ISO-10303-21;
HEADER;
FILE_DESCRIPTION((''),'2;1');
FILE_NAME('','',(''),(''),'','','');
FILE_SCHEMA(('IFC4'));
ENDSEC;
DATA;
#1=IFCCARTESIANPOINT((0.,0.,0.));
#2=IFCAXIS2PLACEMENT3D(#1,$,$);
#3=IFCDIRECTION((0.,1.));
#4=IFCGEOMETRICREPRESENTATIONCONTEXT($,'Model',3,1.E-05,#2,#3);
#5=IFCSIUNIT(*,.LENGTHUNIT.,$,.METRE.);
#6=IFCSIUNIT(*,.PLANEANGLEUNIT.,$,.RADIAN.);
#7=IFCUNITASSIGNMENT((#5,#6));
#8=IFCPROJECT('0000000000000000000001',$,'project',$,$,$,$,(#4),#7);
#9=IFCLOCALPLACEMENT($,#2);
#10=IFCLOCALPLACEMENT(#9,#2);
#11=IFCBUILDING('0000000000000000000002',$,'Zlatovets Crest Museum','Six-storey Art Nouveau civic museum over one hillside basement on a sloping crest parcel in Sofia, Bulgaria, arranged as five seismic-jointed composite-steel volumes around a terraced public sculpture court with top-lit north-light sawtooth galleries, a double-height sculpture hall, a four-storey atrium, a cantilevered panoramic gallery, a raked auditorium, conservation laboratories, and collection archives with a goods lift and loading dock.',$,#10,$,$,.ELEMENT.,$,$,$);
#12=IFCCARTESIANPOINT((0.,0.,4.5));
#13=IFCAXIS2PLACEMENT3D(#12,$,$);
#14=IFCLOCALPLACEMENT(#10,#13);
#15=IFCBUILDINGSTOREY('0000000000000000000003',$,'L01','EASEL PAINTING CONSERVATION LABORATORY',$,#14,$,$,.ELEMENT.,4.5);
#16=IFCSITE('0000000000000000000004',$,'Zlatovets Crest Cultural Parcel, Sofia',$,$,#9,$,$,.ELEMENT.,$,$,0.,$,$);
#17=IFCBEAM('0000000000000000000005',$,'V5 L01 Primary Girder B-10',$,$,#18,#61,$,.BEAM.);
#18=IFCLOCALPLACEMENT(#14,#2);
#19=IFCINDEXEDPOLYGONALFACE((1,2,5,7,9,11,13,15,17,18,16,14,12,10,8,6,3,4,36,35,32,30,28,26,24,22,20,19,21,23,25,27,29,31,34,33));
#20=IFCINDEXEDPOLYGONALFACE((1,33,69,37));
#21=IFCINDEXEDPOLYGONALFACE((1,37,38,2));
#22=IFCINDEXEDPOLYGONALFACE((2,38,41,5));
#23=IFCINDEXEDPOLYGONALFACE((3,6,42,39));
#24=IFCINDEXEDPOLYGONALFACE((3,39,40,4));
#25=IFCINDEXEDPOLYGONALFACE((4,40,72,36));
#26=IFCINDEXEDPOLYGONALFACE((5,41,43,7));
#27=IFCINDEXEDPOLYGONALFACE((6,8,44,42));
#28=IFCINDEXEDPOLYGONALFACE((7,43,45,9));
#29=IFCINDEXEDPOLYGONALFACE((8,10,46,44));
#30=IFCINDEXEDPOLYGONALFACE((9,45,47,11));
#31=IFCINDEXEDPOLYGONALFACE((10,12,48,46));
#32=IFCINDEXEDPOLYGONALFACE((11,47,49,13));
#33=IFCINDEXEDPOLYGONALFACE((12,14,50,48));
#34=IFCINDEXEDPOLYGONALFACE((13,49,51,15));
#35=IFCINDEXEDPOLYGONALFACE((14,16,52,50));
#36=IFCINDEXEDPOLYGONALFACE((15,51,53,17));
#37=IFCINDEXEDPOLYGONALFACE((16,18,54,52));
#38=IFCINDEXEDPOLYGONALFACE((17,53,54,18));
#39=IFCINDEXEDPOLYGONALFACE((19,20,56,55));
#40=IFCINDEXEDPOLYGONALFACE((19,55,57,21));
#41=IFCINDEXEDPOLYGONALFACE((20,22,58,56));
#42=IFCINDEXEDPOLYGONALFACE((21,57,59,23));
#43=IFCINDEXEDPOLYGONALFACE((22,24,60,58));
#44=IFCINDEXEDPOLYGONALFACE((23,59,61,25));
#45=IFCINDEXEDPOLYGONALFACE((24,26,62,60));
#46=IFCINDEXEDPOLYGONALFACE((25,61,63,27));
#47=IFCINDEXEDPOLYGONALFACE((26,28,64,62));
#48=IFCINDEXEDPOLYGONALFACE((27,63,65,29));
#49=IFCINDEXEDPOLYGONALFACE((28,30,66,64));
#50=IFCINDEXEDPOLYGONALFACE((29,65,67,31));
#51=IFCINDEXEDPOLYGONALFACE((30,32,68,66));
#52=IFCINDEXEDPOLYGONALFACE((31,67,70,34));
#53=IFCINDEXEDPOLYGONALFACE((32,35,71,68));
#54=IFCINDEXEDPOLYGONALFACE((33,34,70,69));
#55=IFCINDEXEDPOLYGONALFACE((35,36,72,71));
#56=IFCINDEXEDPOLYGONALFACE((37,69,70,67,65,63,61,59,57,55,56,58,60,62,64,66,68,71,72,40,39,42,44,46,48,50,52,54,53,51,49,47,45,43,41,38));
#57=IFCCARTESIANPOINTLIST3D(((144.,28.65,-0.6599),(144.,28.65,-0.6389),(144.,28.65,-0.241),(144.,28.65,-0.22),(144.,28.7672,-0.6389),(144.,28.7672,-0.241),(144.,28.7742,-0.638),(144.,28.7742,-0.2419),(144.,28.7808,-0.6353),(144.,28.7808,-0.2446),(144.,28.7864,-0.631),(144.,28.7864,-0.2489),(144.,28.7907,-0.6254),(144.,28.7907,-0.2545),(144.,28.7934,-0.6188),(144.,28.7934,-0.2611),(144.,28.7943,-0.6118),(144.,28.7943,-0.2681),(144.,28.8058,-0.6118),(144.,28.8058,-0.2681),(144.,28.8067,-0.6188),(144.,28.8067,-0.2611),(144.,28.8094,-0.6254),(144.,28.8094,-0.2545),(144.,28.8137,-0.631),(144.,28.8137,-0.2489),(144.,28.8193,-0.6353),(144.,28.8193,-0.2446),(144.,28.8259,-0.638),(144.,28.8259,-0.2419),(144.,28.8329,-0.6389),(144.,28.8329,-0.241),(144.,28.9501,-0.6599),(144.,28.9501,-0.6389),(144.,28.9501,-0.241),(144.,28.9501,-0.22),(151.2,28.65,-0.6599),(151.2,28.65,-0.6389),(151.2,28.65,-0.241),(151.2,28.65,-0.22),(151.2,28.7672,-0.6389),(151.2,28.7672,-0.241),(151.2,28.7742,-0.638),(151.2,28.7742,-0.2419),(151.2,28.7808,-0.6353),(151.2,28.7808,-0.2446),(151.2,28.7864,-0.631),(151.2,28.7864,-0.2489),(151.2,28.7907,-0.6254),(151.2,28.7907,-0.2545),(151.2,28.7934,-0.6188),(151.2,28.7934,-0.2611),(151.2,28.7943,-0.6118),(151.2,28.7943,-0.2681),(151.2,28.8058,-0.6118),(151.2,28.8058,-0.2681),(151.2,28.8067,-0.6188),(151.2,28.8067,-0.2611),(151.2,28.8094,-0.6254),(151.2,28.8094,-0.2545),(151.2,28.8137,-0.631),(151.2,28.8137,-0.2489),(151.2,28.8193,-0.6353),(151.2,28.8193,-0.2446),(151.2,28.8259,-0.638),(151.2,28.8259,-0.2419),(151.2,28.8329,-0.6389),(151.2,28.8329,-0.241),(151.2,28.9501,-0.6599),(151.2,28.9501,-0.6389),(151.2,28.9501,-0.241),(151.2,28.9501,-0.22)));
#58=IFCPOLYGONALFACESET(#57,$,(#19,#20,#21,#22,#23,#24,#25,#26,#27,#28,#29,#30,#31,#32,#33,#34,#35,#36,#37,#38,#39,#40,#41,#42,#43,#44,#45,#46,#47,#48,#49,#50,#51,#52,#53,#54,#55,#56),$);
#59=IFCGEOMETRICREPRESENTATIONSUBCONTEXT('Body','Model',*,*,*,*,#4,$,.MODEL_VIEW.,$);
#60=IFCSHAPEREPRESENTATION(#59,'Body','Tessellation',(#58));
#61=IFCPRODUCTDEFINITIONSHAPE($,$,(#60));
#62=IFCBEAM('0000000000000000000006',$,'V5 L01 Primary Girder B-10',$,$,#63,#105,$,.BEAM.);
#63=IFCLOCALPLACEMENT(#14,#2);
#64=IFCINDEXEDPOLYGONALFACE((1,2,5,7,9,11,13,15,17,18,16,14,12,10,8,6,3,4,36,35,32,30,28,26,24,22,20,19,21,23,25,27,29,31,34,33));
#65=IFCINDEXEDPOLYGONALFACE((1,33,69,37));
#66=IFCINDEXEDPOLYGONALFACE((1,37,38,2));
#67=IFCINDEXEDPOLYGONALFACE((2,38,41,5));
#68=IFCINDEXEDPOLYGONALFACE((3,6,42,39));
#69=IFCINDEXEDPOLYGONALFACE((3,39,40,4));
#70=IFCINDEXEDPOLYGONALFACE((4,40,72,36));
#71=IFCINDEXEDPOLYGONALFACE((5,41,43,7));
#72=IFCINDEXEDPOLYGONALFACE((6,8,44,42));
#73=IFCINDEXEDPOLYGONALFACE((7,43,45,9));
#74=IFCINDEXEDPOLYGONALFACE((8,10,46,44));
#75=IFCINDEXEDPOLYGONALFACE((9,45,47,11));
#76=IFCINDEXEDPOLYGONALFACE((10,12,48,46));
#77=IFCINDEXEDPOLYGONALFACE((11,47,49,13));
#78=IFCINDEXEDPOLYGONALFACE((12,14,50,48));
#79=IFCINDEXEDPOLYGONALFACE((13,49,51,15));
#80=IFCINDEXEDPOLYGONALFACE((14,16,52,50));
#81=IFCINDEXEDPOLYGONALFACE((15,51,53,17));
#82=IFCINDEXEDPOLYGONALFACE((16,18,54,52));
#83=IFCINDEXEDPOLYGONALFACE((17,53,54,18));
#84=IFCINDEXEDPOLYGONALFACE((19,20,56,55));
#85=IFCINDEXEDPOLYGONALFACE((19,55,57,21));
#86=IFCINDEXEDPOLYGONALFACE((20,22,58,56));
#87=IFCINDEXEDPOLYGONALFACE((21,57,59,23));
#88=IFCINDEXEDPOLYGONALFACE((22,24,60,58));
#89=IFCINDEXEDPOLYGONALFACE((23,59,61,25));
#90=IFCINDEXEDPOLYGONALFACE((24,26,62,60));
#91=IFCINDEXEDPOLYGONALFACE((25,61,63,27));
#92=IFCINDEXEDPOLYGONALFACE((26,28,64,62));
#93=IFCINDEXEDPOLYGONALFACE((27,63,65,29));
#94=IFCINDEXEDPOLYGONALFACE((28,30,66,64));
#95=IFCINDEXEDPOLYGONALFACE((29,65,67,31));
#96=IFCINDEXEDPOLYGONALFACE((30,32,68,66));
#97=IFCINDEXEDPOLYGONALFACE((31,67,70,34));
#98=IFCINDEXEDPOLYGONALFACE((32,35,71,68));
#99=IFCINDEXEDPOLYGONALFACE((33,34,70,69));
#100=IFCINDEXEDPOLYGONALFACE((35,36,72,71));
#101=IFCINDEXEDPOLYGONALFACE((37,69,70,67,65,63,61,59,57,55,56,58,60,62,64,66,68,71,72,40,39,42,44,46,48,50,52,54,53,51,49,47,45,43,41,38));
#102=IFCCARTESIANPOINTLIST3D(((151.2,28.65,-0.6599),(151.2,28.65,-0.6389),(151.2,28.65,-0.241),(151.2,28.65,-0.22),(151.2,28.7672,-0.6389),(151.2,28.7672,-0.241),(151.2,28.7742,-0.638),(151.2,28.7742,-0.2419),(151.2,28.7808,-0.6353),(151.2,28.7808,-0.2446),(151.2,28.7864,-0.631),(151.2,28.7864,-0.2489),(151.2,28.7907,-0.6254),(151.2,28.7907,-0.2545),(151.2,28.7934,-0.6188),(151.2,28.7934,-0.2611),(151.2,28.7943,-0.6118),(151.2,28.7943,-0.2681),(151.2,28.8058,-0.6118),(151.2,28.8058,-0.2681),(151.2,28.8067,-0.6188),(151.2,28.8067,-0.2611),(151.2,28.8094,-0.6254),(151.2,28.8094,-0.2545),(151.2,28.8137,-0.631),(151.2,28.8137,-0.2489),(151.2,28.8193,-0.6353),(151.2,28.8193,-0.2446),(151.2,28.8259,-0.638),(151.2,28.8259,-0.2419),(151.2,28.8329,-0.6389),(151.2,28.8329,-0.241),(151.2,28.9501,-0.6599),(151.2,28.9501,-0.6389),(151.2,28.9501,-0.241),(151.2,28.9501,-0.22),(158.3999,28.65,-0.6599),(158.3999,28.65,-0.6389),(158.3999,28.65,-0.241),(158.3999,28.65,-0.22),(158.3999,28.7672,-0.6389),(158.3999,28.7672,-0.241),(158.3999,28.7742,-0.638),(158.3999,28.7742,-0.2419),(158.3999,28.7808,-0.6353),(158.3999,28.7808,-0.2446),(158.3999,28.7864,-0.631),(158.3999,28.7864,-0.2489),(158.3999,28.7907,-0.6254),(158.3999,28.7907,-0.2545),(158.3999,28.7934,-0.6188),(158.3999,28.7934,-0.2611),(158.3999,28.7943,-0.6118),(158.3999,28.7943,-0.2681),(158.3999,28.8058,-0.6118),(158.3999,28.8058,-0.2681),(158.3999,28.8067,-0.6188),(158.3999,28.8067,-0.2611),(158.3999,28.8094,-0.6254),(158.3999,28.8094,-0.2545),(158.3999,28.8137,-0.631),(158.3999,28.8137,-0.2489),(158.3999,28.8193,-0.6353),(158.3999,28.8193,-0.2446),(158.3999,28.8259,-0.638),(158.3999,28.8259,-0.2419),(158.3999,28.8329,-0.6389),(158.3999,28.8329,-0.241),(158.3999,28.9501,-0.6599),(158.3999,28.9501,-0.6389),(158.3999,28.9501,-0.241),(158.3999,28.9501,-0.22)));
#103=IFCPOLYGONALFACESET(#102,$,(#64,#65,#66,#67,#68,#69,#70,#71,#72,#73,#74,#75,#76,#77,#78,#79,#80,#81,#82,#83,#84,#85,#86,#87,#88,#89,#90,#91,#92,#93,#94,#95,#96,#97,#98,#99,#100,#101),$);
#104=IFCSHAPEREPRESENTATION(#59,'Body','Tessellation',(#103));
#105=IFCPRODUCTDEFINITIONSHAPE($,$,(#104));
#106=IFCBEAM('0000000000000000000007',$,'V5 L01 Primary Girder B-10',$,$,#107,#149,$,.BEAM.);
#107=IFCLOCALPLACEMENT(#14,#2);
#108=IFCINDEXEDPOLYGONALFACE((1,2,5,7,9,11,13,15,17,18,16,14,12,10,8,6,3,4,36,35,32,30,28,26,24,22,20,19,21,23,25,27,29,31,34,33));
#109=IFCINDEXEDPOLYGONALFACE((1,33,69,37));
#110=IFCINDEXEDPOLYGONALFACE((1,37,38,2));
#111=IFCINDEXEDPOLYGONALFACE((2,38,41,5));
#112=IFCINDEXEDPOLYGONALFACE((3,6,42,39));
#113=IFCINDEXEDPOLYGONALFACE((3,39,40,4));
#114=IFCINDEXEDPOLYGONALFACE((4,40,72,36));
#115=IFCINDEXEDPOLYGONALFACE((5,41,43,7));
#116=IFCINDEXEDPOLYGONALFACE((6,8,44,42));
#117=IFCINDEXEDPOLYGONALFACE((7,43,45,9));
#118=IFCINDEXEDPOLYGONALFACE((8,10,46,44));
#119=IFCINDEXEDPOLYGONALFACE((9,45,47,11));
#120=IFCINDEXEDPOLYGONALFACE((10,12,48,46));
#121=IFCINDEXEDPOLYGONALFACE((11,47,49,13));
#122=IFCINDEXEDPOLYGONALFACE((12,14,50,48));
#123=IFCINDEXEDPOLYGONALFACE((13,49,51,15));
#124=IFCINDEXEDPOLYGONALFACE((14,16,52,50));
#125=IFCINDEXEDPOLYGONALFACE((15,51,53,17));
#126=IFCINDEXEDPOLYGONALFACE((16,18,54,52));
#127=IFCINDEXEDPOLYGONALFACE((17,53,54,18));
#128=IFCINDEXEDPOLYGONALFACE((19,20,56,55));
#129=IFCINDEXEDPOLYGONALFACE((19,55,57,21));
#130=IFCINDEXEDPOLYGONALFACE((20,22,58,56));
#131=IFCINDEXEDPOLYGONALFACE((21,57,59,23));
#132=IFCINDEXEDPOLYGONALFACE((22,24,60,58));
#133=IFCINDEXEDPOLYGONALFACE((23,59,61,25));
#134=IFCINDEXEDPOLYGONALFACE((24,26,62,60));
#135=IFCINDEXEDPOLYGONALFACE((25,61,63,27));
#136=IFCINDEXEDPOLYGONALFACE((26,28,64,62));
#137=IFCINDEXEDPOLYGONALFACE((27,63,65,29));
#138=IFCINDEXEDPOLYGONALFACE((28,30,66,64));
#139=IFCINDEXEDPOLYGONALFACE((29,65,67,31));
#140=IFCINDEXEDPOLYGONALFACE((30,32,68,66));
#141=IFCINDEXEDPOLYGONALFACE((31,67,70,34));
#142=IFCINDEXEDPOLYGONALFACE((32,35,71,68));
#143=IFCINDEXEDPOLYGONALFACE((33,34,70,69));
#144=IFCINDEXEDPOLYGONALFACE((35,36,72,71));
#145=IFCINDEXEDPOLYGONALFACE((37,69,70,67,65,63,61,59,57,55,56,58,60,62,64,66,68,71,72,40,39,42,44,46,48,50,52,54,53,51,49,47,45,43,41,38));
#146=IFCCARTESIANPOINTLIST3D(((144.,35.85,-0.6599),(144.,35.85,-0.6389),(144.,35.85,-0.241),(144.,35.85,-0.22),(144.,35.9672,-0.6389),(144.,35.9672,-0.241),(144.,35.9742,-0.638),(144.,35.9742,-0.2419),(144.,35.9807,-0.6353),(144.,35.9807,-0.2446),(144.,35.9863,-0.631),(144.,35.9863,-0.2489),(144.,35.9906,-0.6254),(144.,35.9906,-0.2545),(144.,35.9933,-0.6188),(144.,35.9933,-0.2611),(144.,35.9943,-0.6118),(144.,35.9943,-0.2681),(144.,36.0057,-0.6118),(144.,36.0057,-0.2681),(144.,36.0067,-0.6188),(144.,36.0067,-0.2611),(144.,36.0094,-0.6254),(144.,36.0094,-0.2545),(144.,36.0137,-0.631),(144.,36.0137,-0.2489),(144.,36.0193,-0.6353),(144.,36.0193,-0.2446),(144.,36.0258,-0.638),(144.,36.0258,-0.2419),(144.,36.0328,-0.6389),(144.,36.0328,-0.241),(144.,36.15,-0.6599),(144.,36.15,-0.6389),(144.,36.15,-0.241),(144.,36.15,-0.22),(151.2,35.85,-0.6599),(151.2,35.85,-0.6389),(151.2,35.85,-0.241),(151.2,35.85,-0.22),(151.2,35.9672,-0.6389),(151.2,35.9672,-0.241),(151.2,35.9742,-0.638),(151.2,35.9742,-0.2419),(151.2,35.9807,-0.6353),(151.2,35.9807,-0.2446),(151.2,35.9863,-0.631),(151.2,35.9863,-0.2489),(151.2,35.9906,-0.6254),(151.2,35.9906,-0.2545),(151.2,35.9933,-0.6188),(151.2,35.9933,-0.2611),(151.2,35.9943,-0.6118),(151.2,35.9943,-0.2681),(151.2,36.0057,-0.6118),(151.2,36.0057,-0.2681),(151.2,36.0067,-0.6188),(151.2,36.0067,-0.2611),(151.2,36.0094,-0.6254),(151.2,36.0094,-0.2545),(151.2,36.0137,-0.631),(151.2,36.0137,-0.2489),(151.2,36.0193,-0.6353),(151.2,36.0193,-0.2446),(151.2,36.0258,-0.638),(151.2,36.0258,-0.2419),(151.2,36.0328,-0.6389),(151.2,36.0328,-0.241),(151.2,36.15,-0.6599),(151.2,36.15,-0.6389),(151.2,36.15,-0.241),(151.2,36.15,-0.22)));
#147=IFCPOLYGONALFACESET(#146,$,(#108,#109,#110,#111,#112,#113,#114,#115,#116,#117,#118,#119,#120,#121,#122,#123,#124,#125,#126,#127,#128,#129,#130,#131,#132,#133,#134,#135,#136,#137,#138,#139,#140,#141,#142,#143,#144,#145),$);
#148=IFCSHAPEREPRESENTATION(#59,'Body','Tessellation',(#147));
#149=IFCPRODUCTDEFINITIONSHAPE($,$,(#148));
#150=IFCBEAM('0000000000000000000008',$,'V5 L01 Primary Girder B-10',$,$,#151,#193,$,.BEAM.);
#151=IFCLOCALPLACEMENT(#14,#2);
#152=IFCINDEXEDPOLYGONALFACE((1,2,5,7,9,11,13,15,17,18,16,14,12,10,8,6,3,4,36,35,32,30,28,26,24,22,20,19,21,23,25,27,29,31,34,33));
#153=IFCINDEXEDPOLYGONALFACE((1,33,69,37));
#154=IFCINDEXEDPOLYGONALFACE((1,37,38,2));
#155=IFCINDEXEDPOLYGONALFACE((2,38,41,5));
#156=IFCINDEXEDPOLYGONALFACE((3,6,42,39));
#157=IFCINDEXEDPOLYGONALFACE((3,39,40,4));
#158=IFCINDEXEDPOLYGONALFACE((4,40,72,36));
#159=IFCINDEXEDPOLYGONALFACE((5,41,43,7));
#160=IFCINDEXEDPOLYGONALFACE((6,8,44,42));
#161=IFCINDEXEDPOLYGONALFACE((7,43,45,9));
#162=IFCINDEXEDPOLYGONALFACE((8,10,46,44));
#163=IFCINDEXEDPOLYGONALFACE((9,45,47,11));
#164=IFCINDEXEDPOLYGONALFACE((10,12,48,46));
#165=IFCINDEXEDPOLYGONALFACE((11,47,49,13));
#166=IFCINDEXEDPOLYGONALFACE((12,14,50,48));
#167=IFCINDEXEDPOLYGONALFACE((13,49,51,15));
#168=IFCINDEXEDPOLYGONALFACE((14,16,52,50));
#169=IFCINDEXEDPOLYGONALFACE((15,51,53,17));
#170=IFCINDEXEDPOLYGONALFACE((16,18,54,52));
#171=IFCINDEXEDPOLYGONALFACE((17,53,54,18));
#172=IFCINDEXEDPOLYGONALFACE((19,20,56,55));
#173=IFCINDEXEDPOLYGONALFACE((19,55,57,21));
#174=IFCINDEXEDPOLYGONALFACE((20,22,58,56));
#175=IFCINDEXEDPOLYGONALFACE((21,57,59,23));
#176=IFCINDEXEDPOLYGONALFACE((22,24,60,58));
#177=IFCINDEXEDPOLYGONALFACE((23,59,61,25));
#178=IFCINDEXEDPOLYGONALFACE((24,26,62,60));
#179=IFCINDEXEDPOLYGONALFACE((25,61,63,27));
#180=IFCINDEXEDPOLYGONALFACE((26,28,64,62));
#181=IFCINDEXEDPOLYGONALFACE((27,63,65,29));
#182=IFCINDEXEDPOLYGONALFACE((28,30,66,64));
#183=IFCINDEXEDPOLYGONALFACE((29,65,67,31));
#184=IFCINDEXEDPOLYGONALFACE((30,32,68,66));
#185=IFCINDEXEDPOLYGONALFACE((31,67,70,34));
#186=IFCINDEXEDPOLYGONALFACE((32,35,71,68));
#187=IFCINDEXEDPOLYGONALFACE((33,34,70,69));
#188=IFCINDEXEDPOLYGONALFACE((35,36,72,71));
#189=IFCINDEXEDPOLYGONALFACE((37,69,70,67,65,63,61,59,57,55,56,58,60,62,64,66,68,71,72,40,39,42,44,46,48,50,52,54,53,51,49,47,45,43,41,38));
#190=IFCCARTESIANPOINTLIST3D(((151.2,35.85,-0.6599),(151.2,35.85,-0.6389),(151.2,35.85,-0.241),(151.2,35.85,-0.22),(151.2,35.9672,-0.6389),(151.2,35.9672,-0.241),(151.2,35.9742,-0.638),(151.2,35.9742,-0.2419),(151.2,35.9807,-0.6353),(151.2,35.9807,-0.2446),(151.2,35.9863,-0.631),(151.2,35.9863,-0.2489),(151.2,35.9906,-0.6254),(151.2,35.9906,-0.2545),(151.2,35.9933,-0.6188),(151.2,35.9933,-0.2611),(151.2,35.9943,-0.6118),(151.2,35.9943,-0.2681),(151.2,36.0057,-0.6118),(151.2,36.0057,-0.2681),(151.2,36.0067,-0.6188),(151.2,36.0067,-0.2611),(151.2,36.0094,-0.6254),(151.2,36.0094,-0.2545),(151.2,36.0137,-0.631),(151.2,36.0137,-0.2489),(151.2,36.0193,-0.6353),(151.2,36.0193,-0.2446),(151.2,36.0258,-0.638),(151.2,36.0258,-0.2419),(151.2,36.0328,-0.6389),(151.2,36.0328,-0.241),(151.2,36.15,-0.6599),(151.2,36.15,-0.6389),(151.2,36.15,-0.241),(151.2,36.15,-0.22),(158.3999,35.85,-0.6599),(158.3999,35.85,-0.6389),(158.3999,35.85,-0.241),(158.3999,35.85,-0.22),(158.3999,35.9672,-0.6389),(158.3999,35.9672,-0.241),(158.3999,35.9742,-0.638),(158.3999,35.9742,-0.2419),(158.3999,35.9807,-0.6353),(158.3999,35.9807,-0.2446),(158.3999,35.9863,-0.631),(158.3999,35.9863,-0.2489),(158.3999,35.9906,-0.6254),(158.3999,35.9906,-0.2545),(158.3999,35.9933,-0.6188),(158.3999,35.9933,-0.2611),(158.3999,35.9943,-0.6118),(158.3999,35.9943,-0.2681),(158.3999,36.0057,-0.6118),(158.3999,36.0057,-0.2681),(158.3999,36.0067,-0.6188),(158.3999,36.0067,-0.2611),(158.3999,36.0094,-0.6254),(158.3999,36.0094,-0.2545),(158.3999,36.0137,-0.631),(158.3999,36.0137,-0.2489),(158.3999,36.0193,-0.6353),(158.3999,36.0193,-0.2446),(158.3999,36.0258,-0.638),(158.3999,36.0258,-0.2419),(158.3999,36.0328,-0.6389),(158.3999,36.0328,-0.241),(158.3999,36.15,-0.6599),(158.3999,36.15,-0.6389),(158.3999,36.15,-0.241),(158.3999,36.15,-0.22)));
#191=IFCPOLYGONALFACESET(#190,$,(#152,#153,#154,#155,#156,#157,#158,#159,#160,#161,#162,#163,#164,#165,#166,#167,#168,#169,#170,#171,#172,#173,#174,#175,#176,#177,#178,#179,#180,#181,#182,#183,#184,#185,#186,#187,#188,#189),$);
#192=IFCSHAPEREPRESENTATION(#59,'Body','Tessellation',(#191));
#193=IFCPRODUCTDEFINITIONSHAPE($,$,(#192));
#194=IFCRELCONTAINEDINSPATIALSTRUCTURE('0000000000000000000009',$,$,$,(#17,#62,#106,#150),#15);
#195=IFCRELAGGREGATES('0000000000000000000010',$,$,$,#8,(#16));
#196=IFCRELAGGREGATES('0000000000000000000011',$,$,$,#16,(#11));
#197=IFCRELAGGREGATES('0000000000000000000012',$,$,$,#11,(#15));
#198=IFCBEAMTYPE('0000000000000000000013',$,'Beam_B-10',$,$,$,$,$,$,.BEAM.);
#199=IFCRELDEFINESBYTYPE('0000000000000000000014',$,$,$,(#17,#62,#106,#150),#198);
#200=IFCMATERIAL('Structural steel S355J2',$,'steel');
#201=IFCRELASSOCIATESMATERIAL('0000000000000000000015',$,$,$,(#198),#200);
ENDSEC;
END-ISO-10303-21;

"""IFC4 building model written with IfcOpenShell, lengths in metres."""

from ifc_helpers import new_model, si_unit, direction, frame, origin, origin_2d, place, context, subcontext, project, spatial, i_section, extrude, material, material_profile, profile_set, type_object, element, save


model = new_model("IFC4")

# Units and contexts
model_context = context("Model", 3, precision=1e-05, world=origin(), true_north=direction((0.0, 1.0)))
body_context = subcontext(model_context, "Body", "Model", "MODEL_VIEW")
ifc_project = project(units=[si_unit("LENGTHUNIT", "METRE"), si_unit("PLANEANGLEUNIT", "RADIAN")], contexts=[model_context])

# Site, building, storey
site_placement = place(None, origin())
site = spatial("IfcSite", under=ifc_project, at=site_placement, Name="Zlatovets Crest Cultural Parcel, Sofia", CompositionType="ELEMENT", RefElevation=0.0)
building_placement = place(site_placement, origin())
building = spatial("IfcBuilding", under=site, at=building_placement, Name="Zlatovets Crest Museum", Description="Six-storey Art Nouveau civic museum over one hillside basement on a sloping crest parcel in Sofia, Bulgaria, arranged as five seismic-jointed composite-steel volumes around a terraced public sculpture court with top-lit north-light sawtooth galleries, a double-height sculpture hall, a four-storey atrium, a cantilevered panoramic gallery, a raked auditorium, conservation laboratories, and collection archives with a goods lift and loading dock.", CompositionType="ELEMENT")
storey_placement = place(building_placement, frame((0.0, 0.0, 4.5)))
storey = spatial("IfcBuildingStorey", under=building, at=storey_placement, Name="L01", Description="EASEL PAINTING CONSERVATION LABORATORY", CompositionType="ELEMENT", Elevation=4.5)

# Shared definitions
ifc_material = material(Name="Structural steel S355J2", Category="steel")

# Beams
ifc_material_profile_1 = material_profile(ifc_material, i_section(OverallWidth=0.3, OverallDepth=0.4399, WebThickness=0.0115, FlangeThickness=0.021, FilletRadius=0.0271, at=origin_2d()), Name="HEA 450")
ifc_profile_set_1 = profile_set([ifc_material_profile_1], Name="Structural steel S355J2")
beam_type_1 = type_object("IfcBeamType", Name="Beam_B-10", PredefinedType="BEAM", material=ifc_profile_set_1)
for number, where, z_axis, x_axis, name in (
    (1, (144.0, 28.8, -0.4399), (1.0, 0.0, 0.0), (0.0, 1.0, 0.0), "V5 L01 Primary Girder B-10"),
    (2, (151.2, 28.8, -0.4399), (1.0, 0.0, 0.0), (0.0, 1.0, 0.0), "V5 L01 Primary Girder B-10"),
    (3, (144.0, 36.0, -0.4399), (1.0, 0.0, 0.0), (0.0, 1.0, 0.0), "V5 L01 Primary Girder B-10"),
    (4, (151.2, 36.0, -0.4399), (1.0, 0.0, 0.0), (0.0, 1.0, 0.0), "V5 L01 Primary Girder B-10"),
):
    element("IfcBeam", number, at=place(storey_placement, frame(where, z_axis=z_axis, x_axis=x_axis)), inside=storey, type_object=beam_type_1, Name=name, PredefinedType="BEAM", context=body_context, shape_type="SweptSolid", body=[
        extrude(i_section(OverallWidth=0.3, OverallDepth=0.4399, WebThickness=0.0115, FlangeThickness=0.021, FilletRadius=0.0271, at=origin_2d()), origin(), (0.0, 0.0, 1.0), 7.2),
    ])

save(model, "model.ifc")
